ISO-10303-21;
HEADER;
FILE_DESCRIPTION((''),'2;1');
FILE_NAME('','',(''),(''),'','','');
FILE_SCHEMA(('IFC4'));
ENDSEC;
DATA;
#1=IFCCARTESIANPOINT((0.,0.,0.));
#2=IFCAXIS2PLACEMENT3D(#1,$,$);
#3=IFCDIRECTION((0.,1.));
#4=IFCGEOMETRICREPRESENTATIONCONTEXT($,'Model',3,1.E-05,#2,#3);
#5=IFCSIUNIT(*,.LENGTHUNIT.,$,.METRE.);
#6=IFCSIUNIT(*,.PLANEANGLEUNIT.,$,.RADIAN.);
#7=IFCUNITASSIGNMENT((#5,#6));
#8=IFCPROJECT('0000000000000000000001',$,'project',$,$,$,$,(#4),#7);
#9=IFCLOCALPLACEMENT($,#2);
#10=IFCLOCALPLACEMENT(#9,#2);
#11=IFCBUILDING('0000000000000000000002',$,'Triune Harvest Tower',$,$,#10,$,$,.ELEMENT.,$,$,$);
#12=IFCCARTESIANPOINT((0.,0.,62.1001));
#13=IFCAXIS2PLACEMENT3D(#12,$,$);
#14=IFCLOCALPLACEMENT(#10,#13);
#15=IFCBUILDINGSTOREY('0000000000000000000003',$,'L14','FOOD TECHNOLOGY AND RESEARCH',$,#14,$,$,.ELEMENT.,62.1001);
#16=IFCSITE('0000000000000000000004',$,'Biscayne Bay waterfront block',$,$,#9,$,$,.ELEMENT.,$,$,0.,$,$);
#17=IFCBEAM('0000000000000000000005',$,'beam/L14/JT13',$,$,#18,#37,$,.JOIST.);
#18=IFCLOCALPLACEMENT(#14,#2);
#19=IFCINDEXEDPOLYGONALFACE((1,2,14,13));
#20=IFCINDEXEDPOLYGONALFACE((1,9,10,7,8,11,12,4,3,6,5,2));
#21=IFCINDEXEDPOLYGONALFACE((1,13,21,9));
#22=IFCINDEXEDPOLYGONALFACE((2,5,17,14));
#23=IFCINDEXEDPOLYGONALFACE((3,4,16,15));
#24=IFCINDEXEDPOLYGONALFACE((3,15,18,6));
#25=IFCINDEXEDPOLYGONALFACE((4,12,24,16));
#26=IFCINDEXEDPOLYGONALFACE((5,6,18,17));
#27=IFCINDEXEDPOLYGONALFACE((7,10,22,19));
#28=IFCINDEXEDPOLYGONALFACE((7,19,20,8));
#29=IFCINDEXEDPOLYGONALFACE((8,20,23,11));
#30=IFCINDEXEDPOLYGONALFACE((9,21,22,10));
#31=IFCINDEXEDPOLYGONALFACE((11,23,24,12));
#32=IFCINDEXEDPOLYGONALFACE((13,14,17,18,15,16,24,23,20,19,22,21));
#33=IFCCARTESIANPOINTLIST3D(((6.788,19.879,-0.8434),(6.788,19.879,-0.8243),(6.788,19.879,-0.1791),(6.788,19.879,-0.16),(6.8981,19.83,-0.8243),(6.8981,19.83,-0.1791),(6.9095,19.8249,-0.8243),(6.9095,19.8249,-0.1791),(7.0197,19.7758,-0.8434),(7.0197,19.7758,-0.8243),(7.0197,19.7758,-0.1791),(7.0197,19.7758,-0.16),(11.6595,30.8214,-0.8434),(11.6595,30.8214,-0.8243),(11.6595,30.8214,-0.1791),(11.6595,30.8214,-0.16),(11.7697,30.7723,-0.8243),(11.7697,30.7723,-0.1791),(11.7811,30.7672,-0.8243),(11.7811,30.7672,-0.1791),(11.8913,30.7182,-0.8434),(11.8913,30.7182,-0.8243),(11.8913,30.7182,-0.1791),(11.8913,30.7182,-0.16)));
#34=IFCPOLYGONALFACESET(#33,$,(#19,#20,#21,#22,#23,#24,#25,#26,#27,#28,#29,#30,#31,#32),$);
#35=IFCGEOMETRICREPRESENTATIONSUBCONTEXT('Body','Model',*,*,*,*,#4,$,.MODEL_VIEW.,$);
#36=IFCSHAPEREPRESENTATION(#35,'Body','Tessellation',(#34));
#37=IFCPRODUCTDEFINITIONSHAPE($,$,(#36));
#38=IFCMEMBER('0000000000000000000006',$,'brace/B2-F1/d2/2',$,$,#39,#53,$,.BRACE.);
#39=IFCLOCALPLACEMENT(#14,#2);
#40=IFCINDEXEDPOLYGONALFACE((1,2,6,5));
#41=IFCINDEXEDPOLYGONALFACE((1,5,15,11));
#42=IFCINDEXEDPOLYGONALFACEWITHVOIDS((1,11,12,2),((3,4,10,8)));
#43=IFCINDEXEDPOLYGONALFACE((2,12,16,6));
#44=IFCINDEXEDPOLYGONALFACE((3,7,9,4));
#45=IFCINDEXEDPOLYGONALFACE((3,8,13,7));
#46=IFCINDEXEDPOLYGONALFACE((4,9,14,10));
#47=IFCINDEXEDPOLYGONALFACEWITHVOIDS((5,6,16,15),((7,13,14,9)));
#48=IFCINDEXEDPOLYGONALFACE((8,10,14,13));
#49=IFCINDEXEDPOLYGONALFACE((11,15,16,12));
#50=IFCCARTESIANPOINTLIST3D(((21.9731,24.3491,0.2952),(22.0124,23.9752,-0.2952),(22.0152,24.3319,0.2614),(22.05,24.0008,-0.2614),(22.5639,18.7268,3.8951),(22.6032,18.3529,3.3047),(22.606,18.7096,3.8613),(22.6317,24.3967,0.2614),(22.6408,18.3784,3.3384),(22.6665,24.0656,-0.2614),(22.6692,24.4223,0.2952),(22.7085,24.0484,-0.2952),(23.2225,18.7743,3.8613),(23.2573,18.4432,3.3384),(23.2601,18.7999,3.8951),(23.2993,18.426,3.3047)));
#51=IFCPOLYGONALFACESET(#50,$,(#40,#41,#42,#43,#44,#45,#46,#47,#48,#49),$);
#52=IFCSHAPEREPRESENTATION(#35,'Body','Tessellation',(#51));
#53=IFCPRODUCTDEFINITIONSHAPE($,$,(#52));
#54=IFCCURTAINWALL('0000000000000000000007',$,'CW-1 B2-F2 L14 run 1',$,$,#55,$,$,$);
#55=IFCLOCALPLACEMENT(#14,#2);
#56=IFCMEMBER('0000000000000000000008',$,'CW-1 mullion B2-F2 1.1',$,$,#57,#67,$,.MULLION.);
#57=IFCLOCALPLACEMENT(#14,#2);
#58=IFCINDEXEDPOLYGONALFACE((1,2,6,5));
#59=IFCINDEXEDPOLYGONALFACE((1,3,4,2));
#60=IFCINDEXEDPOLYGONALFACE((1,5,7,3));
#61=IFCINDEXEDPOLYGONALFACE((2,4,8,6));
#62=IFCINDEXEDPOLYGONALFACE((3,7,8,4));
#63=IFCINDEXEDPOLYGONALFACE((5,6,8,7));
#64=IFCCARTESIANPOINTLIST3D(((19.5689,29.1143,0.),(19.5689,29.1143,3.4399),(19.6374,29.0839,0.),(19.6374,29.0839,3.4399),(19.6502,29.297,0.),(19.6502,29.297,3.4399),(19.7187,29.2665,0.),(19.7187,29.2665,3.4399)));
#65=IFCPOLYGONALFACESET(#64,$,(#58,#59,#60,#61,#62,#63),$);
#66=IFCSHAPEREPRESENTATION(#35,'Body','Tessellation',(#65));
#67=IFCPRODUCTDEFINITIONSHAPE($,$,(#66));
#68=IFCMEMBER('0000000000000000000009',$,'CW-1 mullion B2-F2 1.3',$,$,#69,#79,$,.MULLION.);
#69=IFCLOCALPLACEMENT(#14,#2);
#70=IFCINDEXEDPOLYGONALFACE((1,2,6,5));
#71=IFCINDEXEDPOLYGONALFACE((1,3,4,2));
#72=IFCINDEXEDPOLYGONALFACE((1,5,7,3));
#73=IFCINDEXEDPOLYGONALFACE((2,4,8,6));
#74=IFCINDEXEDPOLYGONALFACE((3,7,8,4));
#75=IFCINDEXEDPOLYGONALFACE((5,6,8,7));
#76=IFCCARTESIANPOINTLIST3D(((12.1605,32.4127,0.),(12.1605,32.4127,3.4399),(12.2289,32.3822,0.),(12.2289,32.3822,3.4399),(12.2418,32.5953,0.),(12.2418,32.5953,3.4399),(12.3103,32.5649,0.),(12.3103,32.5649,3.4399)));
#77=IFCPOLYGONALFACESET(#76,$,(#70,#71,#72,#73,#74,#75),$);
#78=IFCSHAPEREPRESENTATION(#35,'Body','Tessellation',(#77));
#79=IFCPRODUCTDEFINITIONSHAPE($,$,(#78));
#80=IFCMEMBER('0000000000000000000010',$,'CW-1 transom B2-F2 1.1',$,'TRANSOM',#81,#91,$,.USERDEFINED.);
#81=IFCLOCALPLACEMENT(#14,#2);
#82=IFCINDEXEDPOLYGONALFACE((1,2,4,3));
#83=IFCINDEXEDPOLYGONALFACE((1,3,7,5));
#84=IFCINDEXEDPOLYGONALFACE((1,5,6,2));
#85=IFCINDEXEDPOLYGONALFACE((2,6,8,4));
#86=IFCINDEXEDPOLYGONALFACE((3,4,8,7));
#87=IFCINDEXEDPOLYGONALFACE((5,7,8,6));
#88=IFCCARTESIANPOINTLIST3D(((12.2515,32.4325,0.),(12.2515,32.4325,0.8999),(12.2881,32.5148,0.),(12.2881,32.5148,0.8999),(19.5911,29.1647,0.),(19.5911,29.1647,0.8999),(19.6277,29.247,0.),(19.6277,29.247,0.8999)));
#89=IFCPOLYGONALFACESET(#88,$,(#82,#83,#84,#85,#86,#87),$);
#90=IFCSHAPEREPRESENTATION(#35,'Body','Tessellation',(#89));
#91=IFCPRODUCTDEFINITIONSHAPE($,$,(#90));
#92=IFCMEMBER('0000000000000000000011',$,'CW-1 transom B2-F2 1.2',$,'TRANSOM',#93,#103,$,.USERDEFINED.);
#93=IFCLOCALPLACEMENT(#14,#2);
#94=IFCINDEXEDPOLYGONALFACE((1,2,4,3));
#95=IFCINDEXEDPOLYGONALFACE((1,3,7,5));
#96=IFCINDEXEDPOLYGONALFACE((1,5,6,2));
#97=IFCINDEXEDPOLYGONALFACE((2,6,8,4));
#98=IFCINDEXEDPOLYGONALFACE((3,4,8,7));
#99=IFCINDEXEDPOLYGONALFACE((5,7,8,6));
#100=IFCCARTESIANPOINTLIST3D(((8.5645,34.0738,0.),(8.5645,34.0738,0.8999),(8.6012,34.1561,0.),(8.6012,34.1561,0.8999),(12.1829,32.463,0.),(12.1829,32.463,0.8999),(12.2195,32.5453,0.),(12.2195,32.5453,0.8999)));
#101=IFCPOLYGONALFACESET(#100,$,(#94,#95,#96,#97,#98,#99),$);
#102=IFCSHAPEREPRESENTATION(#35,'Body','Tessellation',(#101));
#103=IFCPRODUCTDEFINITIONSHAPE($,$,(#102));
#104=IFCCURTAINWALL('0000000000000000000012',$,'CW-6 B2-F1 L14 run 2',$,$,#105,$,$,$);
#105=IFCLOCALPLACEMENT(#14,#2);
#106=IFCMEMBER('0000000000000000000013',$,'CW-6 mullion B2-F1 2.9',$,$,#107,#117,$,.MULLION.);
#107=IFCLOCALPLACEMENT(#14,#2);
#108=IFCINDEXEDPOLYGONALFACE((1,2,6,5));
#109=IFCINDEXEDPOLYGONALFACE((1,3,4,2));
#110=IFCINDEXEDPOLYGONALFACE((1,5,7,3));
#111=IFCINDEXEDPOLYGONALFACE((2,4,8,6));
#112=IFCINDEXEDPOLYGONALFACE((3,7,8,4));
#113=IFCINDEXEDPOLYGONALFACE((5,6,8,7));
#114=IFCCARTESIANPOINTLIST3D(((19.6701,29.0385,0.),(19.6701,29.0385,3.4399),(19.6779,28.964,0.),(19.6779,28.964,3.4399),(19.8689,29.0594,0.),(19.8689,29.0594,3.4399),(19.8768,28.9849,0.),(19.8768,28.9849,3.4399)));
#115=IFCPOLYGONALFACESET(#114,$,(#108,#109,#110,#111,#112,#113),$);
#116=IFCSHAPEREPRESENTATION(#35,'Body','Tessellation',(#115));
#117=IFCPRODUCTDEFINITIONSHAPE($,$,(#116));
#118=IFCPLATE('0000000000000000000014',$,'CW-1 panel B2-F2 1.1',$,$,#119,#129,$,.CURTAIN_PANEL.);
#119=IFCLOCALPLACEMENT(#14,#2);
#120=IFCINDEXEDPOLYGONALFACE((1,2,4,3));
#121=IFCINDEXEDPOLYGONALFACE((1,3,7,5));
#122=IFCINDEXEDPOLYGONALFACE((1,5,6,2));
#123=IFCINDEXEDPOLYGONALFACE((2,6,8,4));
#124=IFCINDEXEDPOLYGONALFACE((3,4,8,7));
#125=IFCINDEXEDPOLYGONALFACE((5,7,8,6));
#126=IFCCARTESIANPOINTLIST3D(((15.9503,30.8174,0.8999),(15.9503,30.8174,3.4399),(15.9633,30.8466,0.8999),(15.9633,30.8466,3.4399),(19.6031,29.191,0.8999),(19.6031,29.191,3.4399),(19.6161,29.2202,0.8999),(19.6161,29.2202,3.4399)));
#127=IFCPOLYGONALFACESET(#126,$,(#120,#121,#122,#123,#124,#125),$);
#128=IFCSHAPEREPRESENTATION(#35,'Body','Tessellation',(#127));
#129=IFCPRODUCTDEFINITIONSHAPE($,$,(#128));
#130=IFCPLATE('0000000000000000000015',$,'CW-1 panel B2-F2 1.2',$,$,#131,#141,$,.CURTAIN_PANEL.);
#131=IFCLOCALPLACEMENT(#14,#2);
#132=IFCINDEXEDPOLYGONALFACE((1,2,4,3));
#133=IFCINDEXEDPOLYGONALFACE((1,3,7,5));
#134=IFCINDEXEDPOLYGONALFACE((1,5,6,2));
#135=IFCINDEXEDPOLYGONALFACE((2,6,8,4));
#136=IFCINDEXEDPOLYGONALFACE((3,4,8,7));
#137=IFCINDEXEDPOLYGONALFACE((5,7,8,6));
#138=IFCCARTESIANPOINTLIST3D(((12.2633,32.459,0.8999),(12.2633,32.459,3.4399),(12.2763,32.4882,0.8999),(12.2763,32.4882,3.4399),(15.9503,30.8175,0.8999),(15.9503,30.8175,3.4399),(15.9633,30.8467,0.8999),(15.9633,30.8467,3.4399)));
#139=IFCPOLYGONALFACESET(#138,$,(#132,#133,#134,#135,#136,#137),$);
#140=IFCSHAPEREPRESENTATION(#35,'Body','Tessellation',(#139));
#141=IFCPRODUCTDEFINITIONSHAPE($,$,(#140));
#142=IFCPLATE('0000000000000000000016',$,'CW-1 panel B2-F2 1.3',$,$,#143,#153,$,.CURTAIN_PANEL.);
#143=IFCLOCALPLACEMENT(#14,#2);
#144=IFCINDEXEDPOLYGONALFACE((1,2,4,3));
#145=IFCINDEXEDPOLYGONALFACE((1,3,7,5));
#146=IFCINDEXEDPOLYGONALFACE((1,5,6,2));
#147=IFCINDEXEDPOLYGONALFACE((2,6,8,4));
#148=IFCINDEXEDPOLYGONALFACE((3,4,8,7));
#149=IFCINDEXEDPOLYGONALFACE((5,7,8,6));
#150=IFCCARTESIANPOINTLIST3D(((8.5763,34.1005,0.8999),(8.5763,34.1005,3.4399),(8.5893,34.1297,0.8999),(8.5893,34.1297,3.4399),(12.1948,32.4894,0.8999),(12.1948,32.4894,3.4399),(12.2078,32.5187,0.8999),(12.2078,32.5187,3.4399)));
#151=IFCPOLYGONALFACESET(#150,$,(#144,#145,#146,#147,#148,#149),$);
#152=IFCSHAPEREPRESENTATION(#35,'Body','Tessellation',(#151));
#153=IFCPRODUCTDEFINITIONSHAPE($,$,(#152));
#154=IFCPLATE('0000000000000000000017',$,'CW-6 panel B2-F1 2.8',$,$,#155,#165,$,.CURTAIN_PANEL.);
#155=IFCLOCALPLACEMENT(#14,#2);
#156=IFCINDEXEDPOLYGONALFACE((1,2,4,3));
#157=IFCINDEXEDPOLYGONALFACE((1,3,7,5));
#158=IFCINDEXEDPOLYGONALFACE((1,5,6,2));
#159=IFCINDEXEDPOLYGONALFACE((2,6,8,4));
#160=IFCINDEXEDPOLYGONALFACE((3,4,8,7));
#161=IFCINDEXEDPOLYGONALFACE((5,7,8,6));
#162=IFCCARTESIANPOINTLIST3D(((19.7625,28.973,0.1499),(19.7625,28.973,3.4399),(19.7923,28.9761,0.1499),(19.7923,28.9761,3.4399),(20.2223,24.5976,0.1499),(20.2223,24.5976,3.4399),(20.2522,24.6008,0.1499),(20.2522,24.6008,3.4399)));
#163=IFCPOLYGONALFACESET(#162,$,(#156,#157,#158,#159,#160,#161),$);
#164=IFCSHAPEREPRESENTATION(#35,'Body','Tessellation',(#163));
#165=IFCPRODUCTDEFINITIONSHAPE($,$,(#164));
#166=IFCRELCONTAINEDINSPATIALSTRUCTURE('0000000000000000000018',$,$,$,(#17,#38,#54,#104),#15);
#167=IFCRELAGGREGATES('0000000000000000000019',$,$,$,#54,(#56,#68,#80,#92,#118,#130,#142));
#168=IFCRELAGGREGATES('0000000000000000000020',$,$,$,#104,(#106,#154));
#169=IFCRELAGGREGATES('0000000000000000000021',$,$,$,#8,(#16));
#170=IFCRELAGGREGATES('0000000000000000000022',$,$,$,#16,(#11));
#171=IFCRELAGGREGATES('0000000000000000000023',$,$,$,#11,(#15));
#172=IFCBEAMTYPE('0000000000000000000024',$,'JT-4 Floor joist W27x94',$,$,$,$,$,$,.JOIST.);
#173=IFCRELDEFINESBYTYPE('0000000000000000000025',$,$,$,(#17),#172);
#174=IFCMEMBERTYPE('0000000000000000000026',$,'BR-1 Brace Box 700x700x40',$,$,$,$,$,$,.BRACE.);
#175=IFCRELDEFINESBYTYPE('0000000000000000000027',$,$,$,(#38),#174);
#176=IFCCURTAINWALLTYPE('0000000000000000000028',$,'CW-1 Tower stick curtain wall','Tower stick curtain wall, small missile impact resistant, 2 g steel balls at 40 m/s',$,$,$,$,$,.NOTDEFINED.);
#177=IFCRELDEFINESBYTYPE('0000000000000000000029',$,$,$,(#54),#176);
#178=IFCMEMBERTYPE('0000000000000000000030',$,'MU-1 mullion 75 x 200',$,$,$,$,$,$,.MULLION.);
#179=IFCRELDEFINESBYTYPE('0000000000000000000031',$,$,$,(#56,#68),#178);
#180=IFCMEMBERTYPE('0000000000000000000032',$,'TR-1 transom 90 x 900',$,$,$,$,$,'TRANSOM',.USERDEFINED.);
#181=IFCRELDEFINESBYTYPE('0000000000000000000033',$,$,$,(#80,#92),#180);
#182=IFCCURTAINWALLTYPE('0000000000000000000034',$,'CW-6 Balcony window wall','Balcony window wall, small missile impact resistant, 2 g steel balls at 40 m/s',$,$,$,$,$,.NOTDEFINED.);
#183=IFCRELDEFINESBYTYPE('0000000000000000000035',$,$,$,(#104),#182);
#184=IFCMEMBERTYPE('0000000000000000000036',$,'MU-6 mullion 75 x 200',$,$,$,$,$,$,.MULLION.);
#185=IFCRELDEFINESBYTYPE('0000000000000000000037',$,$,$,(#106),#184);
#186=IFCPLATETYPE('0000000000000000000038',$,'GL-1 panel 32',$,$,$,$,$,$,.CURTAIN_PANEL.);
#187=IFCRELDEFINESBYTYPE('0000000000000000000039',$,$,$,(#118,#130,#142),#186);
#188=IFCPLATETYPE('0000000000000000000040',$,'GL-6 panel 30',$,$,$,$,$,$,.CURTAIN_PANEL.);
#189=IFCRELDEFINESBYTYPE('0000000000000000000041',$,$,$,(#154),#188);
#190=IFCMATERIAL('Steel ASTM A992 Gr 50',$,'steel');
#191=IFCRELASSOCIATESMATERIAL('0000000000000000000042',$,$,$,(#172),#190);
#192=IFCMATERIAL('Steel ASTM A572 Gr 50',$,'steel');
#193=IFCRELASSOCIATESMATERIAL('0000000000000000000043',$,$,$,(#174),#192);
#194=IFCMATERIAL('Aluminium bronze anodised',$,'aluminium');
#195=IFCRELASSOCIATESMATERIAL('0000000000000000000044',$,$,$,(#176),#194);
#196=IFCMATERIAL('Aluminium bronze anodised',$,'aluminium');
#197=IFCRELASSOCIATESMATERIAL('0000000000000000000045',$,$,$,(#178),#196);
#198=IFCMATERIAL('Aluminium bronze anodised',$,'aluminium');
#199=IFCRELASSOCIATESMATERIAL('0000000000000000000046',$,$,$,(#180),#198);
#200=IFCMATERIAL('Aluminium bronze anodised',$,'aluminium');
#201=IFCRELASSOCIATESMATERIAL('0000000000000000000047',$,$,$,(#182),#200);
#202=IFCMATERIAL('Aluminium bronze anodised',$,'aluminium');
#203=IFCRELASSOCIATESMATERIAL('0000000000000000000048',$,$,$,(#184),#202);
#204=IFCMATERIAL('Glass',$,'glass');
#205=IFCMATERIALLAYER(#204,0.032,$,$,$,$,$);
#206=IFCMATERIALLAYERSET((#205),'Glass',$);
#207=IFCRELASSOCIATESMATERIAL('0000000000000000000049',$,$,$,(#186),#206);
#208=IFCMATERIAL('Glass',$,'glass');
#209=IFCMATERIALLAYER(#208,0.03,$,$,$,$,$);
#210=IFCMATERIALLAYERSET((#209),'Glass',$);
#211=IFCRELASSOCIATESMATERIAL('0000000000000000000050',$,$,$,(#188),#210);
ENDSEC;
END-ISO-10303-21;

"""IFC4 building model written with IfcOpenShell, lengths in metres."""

from ifc_helpers import new_model, si_unit, direction, frame, origin, origin_2d, place, context, subcontext, project, spatial, rectangle, hollow_rectangle, i_section, extrude, source, transform, mapped, material, layer, layer_set, material_profile, profile_set, type_object, element, aggregate, save


model = new_model("IFC4")

# Units and contexts
model_context = context("Model", 3, precision=1e-05, world=origin(), true_north=direction((0.0, 1.0)))
body_context = subcontext(model_context, "Body", "Model", "MODEL_VIEW")
ifc_project = project(units=[si_unit("LENGTHUNIT", "METRE"), si_unit("PLANEANGLEUNIT", "RADIAN")], contexts=[model_context])

# Site, building, storey
site_placement = place(None, origin())
site = spatial("IfcSite", under=ifc_project, at=site_placement, Name="Biscayne Bay waterfront block", CompositionType="ELEMENT", RefElevation=0.0)
building_placement = place(site_placement, origin())
building = spatial("IfcBuilding", under=site, at=building_placement, Name="Triune Harvest Tower", CompositionType="ELEMENT")
storey_placement = place(building_placement, frame((0.0, 0.0, 62.1001)))
storey = spatial("IfcBuildingStorey", under=building, at=storey_placement, Name="L14", Description="FOOD TECHNOLOGY AND RESEARCH", CompositionType="ELEMENT", Elevation=62.1001)

# Beam
ifc_material_1 = material(Name="Steel ASTM A992 Gr 50", Category="steel")
ifc_material_profile_1 = material_profile(ifc_material_1, i_section(OverallWidth=0.2537, OverallDepth=0.6833, WebThickness=0.0125, FlangeThickness=0.019, at=origin_2d()), Name="W27x94")
ifc_profile_set_1 = profile_set([ifc_material_profile_1], Name="Steel ASTM A992 Gr 50")
beam_type_1 = type_object("IfcBeamType", Name="JT-4 Floor joist W27x94", PredefinedType="JOIST", material=ifc_profile_set_1)
shared_shape_1 = source(origin(), body_context, "Body", "SweptSolid", [
    extrude(i_section(OverallWidth=0.2537, OverallDepth=0.6833, WebThickness=0.0125, FlangeThickness=0.019, at=origin_2d()), origin(), (0.0, 0.0, 1.0), 11.9778),
])
beam_1_placement = place(storey_placement, frame((11.7754, 30.7698, -0.5017), z_axis=(-0.406717, -0.913554, 0.0), x_axis=(0.913554, -0.406717, 0.0)))
element("IfcBeam", 1, at=beam_1_placement, inside=storey, type_object=beam_type_1, Name="beam/L14/JT13", PredefinedType="JOIST", context=body_context, shape_type="MappedRepresentation", body=[
    mapped(shared_shape_1, transform((0.0, 0.0, 0.0), scale=1.0)),
])

# Member
ifc_material_2 = material(Name="Steel ASTM A572 Gr 50", Category="steel")
ifc_material_profile_2 = material_profile(ifc_material_2, hollow_rectangle(XDim=0.7, YDim=0.7, WallThickness=0.04, at=origin_2d()), Name="Box 700x700x40")
ifc_profile_set_2 = profile_set([ifc_material_profile_2], Name="Steel ASTM A572 Gr 50")
member_type_1 = type_object("IfcMemberType", Name="BR-1 Brace Box 700x700x40", PredefinedType="BRACE", material=ifc_profile_set_2)
shared_shape_2 = source(origin(), body_context, "Body", "SweptSolid", [
    extrude(hollow_rectangle(XDim=0.7, YDim=0.7, WallThickness=0.04, at=origin_2d()), origin(), (0.0, 0.0, 1.0), 6.7021),
])
member_1_placement = place(storey_placement, frame((22.3408, 24.1987, 0.0), z_axis=(0.088154, -0.838886, 0.537121), x_axis=(0.994524, 0.104509, 0.0)))
element("IfcMember", 2, at=member_1_placement, inside=storey, type_object=member_type_1, Name="brace/B2-F1/d2/2", PredefinedType="BRACE", context=body_context, shape_type="MappedRepresentation", body=[
    mapped(shared_shape_2, transform((0.0, 0.0, 0.0), scale=1.0)),
])

# Curtain wall, members
ifc_material_3 = material(Name="Aluminium bronze anodised", Category="aluminium")
curtain_wall_type_1 = type_object("IfcCurtainWallType", Name="CW-1 Tower stick curtain wall", Description="Tower stick curtain wall, small missile impact resistant, 2 g steel balls at 40 m/s", PredefinedType="NOTDEFINED", material=ifc_material_3)
curtain_wall_1_placement = place(storey_placement, origin())
curtain_wall_1 = element("IfcCurtainWall", 3, at=curtain_wall_1_placement, inside=storey, type_object=curtain_wall_type_1, Name="CW-1 B2-F2 L14 run 1")
ifc_material_4 = material(Name="Aluminium bronze anodised", Category="aluminium")
ifc_material_profile_3 = material_profile(ifc_material_4, rectangle(XDim=0.2, YDim=0.075, at=origin_2d()), Name="MU-1 mullion 75 x 200")
ifc_profile_set_3 = profile_set([ifc_material_profile_3], Name="Aluminium bronze anodised")
member_type_2 = type_object("IfcMemberType", Name="MU-1 mullion 75 x 200", PredefinedType="MULLION", material=ifc_profile_set_3)
shared_shape_3 = source(origin(), body_context, "Body", "SweptSolid", [
    extrude(rectangle(XDim=0.2, YDim=0.075, at=origin_2d()), origin(), (0.0, 0.0, 1.0), 3.4399),
])
member_2_placement = place(storey_placement, frame((19.6438, 29.1904, 0.0), z_axis=(0.0, 0.0, 1.0), x_axis=(-0.406734, -0.913547, 0.0)))
member_2 = element("IfcMember", 4, at=member_2_placement, type_object=member_type_2, Name="CW-1 mullion B2-F2 1.1", PredefinedType="MULLION", context=body_context, shape_type="MappedRepresentation", body=[
    mapped(shared_shape_3, transform((0.0, 0.0, 0.0), scale=1.0)),
])
member_3_placement = place(storey_placement, frame((12.2354, 32.4888, 0.0), z_axis=(0.0, 0.0, 1.0), x_axis=(-0.406734, -0.913547, 0.0)))
member_3 = element("IfcMember", 5, at=member_3_placement, type_object=member_type_2, Name="CW-1 mullion B2-F2 1.3", PredefinedType="MULLION", context=body_context, shape_type="MappedRepresentation", body=[
    mapped(shared_shape_3, transform((0.0, 0.0, 0.0), scale=1.0)),
])
ifc_material_5 = material(Name="Aluminium bronze anodised", Category="aluminium")
ifc_material_profile_4 = material_profile(ifc_material_5, rectangle(XDim=0.0901, YDim=0.8999, at=origin_2d()), Name="TR-1 transom 90 x 900")
ifc_profile_set_4 = profile_set([ifc_material_profile_4], Name="Aluminium bronze anodised")
member_type_3 = type_object("IfcMemberType", Name="TR-1 transom 90 x 900", ElementType="TRANSOM", PredefinedType="USERDEFINED", material=ifc_profile_set_4)
shared_shape_4 = source(origin(), body_context, "Body", "SweptSolid", [
    extrude(rectangle(XDim=0.0901, YDim=0.8999, at=origin_2d()), origin(), (0.0, 0.0, 1.0), 8.0342),
])
member_4_placement = place(storey_placement, frame((19.6094, 29.2058, 0.45), z_axis=(-0.913544, 0.406739, 0.0), x_axis=(-0.406739, -0.913544, 0.0)))
member_4 = element("IfcMember", 6, at=member_4_placement, type_object=member_type_3, Name="CW-1 transom B2-F2 1.1", ObjectType="TRANSOM", PredefinedType="USERDEFINED", context=body_context, shape_type="MappedRepresentation", body=[
    mapped(shared_shape_4, transform((0.0, 0.0, 0.0), scale=1.0)),
])
shared_shape_5 = source(origin(), body_context, "Body", "SweptSolid", [
    extrude(rectangle(XDim=0.0901, YDim=0.8999, at=origin_2d()), origin(), (0.0, 0.0, 1.0), 3.9607),
])
member_5_placement = place(storey_placement, frame((12.2012, 32.5042, 0.45), z_axis=(-0.913562, 0.406699, 0.0), x_axis=(-0.406699, -0.913562, 0.0)))
member_5 = element("IfcMember", 7, at=member_5_placement, type_object=member_type_3, Name="CW-1 transom B2-F2 1.2", ObjectType="TRANSOM", PredefinedType="USERDEFINED", context=body_context, shape_type="MappedRepresentation", body=[
    mapped(shared_shape_5, transform((0.0, 0.0, 0.0), scale=1.0)),
])

# Curtain wall, member
ifc_material_6 = material(Name="Aluminium bronze anodised", Category="aluminium")
curtain_wall_type_2 = type_object("IfcCurtainWallType", Name="CW-6 Balcony window wall", Description="Balcony window wall, small missile impact resistant, 2 g steel balls at 40 m/s", PredefinedType="NOTDEFINED", material=ifc_material_6)
curtain_wall_2_placement = place(storey_placement, origin())
curtain_wall_2 = element("IfcCurtainWall", 8, at=curtain_wall_2_placement, inside=storey, type_object=curtain_wall_type_2, Name="CW-6 B2-F1 L14 run 2")
ifc_material_7 = material(Name="Aluminium bronze anodised", Category="aluminium")
ifc_material_profile_5 = material_profile(ifc_material_7, rectangle(XDim=0.2, YDim=0.075, at=origin_2d()), Name="MU-6 mullion 75 x 200")
ifc_profile_set_5 = profile_set([ifc_material_profile_5], Name="Aluminium bronze anodised")
member_type_4 = type_object("IfcMemberType", Name="MU-6 mullion 75 x 200", PredefinedType="MULLION", material=ifc_profile_set_5)
shared_shape_6 = source(origin(), body_context, "Body", "SweptSolid", [
    extrude(rectangle(XDim=0.2, YDim=0.075, at=origin_2d()), origin(), (0.0, 0.0, 1.0), 3.4399),
])
member_6_placement = place(storey_placement, frame((19.7734, 29.0117, 0.0), z_axis=(0.0, 0.0, 1.0), x_axis=(-0.994522, -0.104528, 0.0)))
member_6 = element("IfcMember", 9, at=member_6_placement, type_object=member_type_4, Name="CW-6 mullion B2-F1 2.9", PredefinedType="MULLION", context=body_context, shape_type="MappedRepresentation", body=[
    mapped(shared_shape_6, transform((0.0, 0.0, 0.0), scale=1.0)),
])

# Plates
ifc_material_8 = material(Name="Glass", Category="glass")
ifc_layer_1 = layer(ifc_material_8, 0.032)
ifc_layer_set_1 = layer_set([ifc_layer_1], Name="Glass")
plate_type_1 = type_object("IfcPlateType", Name="GL-1 panel 32", PredefinedType="CURTAIN_PANEL", material=ifc_layer_set_1)
shared_shape_7 = source(origin(), body_context, "Body", "SweptSolid", [
    extrude(rectangle(XDim=3.9985, YDim=0.032, at=origin_2d()), origin(), (0.0, 0.0, 1.0), 2.54),
])
plate_1_placement = place(storey_placement, frame((17.7832, 30.0188, 0.8999), z_axis=(0.0, 0.0, 1.0), x_axis=(-0.913547, 0.406734, 0.0)))
plate_1 = element("IfcPlate", 10, at=plate_1_placement, type_object=plate_type_1, Name="CW-1 panel B2-F2 1.1", PredefinedType="CURTAIN_PANEL", context=body_context, shape_type="MappedRepresentation", body=[
    mapped(shared_shape_7, transform((0.0, 0.0, 0.0), scale=1.0)),
])
shared_shape_8 = source(origin(), body_context, "Body", "SweptSolid", [
    extrude(rectangle(XDim=4.0359, YDim=0.032, at=origin_2d()), origin(), (0.0, 0.0, 1.0), 2.54),
])
plate_2_placement = place(storey_placement, frame((14.1133, 31.6528, 0.8999), z_axis=(0.0, 0.0, 1.0), x_axis=(-0.913547, 0.406734, 0.0)))
plate_2 = element("IfcPlate", 11, at=plate_2_placement, type_object=plate_type_1, Name="CW-1 panel B2-F2 1.2", PredefinedType="CURTAIN_PANEL", context=body_context, shape_type="MappedRepresentation", body=[
    mapped(shared_shape_8, transform((0.0, 0.0, 0.0), scale=1.0)),
])
shared_shape_9 = source(origin(), body_context, "Body", "SweptSolid", [
    extrude(rectangle(XDim=3.9609, YDim=0.032, at=origin_2d()), origin(), (0.0, 0.0, 1.0), 2.54),
])
plate_3_placement = place(storey_placement, frame((10.3921, 33.3096, 0.8999), z_axis=(0.0, 0.0, 1.0), x_axis=(-0.913547, 0.406734, 0.0)))
plate_3 = element("IfcPlate", 12, at=plate_3_placement, type_object=plate_type_1, Name="CW-1 panel B2-F2 1.3", PredefinedType="CURTAIN_PANEL", context=body_context, shape_type="MappedRepresentation", body=[
    mapped(shared_shape_9, transform((0.0, 0.0, 0.0), scale=1.0)),
])
aggregate(curtain_wall_1, [member_2, member_3, member_4, member_5, plate_1, plate_2, plate_3])
ifc_material_9 = material(Name="Glass", Category="glass")
ifc_layer_2 = layer(ifc_material_9, 0.03)
ifc_layer_set_2 = layer_set([ifc_layer_2], Name="Glass")
plate_type_2 = type_object("IfcPlateType", Name="GL-6 panel 30", PredefinedType="CURTAIN_PANEL", material=ifc_layer_set_2)
shared_shape_10 = source(origin(), body_context, "Body", "SweptSolid", [
    extrude(rectangle(XDim=4.3994, YDim=0.03, at=origin_2d()), origin(), (0.0, 0.0, 1.0), 3.29),
])
plate_4_placement = place(storey_placement, frame((20.0073, 26.7869, 0.1499), z_axis=(0.0, 0.0, 1.0), x_axis=(-0.104528, 0.994522, 0.0)))
plate_4 = element("IfcPlate", 13, at=plate_4_placement, type_object=plate_type_2, Name="CW-6 panel B2-F1 2.8", PredefinedType="CURTAIN_PANEL", context=body_context, shape_type="MappedRepresentation", body=[
    mapped(shared_shape_10, transform((0.0, 0.0, 0.0), scale=1.0)),
])
aggregate(curtain_wall_2, [member_6, plate_4])

save(model, "model.ifc")
